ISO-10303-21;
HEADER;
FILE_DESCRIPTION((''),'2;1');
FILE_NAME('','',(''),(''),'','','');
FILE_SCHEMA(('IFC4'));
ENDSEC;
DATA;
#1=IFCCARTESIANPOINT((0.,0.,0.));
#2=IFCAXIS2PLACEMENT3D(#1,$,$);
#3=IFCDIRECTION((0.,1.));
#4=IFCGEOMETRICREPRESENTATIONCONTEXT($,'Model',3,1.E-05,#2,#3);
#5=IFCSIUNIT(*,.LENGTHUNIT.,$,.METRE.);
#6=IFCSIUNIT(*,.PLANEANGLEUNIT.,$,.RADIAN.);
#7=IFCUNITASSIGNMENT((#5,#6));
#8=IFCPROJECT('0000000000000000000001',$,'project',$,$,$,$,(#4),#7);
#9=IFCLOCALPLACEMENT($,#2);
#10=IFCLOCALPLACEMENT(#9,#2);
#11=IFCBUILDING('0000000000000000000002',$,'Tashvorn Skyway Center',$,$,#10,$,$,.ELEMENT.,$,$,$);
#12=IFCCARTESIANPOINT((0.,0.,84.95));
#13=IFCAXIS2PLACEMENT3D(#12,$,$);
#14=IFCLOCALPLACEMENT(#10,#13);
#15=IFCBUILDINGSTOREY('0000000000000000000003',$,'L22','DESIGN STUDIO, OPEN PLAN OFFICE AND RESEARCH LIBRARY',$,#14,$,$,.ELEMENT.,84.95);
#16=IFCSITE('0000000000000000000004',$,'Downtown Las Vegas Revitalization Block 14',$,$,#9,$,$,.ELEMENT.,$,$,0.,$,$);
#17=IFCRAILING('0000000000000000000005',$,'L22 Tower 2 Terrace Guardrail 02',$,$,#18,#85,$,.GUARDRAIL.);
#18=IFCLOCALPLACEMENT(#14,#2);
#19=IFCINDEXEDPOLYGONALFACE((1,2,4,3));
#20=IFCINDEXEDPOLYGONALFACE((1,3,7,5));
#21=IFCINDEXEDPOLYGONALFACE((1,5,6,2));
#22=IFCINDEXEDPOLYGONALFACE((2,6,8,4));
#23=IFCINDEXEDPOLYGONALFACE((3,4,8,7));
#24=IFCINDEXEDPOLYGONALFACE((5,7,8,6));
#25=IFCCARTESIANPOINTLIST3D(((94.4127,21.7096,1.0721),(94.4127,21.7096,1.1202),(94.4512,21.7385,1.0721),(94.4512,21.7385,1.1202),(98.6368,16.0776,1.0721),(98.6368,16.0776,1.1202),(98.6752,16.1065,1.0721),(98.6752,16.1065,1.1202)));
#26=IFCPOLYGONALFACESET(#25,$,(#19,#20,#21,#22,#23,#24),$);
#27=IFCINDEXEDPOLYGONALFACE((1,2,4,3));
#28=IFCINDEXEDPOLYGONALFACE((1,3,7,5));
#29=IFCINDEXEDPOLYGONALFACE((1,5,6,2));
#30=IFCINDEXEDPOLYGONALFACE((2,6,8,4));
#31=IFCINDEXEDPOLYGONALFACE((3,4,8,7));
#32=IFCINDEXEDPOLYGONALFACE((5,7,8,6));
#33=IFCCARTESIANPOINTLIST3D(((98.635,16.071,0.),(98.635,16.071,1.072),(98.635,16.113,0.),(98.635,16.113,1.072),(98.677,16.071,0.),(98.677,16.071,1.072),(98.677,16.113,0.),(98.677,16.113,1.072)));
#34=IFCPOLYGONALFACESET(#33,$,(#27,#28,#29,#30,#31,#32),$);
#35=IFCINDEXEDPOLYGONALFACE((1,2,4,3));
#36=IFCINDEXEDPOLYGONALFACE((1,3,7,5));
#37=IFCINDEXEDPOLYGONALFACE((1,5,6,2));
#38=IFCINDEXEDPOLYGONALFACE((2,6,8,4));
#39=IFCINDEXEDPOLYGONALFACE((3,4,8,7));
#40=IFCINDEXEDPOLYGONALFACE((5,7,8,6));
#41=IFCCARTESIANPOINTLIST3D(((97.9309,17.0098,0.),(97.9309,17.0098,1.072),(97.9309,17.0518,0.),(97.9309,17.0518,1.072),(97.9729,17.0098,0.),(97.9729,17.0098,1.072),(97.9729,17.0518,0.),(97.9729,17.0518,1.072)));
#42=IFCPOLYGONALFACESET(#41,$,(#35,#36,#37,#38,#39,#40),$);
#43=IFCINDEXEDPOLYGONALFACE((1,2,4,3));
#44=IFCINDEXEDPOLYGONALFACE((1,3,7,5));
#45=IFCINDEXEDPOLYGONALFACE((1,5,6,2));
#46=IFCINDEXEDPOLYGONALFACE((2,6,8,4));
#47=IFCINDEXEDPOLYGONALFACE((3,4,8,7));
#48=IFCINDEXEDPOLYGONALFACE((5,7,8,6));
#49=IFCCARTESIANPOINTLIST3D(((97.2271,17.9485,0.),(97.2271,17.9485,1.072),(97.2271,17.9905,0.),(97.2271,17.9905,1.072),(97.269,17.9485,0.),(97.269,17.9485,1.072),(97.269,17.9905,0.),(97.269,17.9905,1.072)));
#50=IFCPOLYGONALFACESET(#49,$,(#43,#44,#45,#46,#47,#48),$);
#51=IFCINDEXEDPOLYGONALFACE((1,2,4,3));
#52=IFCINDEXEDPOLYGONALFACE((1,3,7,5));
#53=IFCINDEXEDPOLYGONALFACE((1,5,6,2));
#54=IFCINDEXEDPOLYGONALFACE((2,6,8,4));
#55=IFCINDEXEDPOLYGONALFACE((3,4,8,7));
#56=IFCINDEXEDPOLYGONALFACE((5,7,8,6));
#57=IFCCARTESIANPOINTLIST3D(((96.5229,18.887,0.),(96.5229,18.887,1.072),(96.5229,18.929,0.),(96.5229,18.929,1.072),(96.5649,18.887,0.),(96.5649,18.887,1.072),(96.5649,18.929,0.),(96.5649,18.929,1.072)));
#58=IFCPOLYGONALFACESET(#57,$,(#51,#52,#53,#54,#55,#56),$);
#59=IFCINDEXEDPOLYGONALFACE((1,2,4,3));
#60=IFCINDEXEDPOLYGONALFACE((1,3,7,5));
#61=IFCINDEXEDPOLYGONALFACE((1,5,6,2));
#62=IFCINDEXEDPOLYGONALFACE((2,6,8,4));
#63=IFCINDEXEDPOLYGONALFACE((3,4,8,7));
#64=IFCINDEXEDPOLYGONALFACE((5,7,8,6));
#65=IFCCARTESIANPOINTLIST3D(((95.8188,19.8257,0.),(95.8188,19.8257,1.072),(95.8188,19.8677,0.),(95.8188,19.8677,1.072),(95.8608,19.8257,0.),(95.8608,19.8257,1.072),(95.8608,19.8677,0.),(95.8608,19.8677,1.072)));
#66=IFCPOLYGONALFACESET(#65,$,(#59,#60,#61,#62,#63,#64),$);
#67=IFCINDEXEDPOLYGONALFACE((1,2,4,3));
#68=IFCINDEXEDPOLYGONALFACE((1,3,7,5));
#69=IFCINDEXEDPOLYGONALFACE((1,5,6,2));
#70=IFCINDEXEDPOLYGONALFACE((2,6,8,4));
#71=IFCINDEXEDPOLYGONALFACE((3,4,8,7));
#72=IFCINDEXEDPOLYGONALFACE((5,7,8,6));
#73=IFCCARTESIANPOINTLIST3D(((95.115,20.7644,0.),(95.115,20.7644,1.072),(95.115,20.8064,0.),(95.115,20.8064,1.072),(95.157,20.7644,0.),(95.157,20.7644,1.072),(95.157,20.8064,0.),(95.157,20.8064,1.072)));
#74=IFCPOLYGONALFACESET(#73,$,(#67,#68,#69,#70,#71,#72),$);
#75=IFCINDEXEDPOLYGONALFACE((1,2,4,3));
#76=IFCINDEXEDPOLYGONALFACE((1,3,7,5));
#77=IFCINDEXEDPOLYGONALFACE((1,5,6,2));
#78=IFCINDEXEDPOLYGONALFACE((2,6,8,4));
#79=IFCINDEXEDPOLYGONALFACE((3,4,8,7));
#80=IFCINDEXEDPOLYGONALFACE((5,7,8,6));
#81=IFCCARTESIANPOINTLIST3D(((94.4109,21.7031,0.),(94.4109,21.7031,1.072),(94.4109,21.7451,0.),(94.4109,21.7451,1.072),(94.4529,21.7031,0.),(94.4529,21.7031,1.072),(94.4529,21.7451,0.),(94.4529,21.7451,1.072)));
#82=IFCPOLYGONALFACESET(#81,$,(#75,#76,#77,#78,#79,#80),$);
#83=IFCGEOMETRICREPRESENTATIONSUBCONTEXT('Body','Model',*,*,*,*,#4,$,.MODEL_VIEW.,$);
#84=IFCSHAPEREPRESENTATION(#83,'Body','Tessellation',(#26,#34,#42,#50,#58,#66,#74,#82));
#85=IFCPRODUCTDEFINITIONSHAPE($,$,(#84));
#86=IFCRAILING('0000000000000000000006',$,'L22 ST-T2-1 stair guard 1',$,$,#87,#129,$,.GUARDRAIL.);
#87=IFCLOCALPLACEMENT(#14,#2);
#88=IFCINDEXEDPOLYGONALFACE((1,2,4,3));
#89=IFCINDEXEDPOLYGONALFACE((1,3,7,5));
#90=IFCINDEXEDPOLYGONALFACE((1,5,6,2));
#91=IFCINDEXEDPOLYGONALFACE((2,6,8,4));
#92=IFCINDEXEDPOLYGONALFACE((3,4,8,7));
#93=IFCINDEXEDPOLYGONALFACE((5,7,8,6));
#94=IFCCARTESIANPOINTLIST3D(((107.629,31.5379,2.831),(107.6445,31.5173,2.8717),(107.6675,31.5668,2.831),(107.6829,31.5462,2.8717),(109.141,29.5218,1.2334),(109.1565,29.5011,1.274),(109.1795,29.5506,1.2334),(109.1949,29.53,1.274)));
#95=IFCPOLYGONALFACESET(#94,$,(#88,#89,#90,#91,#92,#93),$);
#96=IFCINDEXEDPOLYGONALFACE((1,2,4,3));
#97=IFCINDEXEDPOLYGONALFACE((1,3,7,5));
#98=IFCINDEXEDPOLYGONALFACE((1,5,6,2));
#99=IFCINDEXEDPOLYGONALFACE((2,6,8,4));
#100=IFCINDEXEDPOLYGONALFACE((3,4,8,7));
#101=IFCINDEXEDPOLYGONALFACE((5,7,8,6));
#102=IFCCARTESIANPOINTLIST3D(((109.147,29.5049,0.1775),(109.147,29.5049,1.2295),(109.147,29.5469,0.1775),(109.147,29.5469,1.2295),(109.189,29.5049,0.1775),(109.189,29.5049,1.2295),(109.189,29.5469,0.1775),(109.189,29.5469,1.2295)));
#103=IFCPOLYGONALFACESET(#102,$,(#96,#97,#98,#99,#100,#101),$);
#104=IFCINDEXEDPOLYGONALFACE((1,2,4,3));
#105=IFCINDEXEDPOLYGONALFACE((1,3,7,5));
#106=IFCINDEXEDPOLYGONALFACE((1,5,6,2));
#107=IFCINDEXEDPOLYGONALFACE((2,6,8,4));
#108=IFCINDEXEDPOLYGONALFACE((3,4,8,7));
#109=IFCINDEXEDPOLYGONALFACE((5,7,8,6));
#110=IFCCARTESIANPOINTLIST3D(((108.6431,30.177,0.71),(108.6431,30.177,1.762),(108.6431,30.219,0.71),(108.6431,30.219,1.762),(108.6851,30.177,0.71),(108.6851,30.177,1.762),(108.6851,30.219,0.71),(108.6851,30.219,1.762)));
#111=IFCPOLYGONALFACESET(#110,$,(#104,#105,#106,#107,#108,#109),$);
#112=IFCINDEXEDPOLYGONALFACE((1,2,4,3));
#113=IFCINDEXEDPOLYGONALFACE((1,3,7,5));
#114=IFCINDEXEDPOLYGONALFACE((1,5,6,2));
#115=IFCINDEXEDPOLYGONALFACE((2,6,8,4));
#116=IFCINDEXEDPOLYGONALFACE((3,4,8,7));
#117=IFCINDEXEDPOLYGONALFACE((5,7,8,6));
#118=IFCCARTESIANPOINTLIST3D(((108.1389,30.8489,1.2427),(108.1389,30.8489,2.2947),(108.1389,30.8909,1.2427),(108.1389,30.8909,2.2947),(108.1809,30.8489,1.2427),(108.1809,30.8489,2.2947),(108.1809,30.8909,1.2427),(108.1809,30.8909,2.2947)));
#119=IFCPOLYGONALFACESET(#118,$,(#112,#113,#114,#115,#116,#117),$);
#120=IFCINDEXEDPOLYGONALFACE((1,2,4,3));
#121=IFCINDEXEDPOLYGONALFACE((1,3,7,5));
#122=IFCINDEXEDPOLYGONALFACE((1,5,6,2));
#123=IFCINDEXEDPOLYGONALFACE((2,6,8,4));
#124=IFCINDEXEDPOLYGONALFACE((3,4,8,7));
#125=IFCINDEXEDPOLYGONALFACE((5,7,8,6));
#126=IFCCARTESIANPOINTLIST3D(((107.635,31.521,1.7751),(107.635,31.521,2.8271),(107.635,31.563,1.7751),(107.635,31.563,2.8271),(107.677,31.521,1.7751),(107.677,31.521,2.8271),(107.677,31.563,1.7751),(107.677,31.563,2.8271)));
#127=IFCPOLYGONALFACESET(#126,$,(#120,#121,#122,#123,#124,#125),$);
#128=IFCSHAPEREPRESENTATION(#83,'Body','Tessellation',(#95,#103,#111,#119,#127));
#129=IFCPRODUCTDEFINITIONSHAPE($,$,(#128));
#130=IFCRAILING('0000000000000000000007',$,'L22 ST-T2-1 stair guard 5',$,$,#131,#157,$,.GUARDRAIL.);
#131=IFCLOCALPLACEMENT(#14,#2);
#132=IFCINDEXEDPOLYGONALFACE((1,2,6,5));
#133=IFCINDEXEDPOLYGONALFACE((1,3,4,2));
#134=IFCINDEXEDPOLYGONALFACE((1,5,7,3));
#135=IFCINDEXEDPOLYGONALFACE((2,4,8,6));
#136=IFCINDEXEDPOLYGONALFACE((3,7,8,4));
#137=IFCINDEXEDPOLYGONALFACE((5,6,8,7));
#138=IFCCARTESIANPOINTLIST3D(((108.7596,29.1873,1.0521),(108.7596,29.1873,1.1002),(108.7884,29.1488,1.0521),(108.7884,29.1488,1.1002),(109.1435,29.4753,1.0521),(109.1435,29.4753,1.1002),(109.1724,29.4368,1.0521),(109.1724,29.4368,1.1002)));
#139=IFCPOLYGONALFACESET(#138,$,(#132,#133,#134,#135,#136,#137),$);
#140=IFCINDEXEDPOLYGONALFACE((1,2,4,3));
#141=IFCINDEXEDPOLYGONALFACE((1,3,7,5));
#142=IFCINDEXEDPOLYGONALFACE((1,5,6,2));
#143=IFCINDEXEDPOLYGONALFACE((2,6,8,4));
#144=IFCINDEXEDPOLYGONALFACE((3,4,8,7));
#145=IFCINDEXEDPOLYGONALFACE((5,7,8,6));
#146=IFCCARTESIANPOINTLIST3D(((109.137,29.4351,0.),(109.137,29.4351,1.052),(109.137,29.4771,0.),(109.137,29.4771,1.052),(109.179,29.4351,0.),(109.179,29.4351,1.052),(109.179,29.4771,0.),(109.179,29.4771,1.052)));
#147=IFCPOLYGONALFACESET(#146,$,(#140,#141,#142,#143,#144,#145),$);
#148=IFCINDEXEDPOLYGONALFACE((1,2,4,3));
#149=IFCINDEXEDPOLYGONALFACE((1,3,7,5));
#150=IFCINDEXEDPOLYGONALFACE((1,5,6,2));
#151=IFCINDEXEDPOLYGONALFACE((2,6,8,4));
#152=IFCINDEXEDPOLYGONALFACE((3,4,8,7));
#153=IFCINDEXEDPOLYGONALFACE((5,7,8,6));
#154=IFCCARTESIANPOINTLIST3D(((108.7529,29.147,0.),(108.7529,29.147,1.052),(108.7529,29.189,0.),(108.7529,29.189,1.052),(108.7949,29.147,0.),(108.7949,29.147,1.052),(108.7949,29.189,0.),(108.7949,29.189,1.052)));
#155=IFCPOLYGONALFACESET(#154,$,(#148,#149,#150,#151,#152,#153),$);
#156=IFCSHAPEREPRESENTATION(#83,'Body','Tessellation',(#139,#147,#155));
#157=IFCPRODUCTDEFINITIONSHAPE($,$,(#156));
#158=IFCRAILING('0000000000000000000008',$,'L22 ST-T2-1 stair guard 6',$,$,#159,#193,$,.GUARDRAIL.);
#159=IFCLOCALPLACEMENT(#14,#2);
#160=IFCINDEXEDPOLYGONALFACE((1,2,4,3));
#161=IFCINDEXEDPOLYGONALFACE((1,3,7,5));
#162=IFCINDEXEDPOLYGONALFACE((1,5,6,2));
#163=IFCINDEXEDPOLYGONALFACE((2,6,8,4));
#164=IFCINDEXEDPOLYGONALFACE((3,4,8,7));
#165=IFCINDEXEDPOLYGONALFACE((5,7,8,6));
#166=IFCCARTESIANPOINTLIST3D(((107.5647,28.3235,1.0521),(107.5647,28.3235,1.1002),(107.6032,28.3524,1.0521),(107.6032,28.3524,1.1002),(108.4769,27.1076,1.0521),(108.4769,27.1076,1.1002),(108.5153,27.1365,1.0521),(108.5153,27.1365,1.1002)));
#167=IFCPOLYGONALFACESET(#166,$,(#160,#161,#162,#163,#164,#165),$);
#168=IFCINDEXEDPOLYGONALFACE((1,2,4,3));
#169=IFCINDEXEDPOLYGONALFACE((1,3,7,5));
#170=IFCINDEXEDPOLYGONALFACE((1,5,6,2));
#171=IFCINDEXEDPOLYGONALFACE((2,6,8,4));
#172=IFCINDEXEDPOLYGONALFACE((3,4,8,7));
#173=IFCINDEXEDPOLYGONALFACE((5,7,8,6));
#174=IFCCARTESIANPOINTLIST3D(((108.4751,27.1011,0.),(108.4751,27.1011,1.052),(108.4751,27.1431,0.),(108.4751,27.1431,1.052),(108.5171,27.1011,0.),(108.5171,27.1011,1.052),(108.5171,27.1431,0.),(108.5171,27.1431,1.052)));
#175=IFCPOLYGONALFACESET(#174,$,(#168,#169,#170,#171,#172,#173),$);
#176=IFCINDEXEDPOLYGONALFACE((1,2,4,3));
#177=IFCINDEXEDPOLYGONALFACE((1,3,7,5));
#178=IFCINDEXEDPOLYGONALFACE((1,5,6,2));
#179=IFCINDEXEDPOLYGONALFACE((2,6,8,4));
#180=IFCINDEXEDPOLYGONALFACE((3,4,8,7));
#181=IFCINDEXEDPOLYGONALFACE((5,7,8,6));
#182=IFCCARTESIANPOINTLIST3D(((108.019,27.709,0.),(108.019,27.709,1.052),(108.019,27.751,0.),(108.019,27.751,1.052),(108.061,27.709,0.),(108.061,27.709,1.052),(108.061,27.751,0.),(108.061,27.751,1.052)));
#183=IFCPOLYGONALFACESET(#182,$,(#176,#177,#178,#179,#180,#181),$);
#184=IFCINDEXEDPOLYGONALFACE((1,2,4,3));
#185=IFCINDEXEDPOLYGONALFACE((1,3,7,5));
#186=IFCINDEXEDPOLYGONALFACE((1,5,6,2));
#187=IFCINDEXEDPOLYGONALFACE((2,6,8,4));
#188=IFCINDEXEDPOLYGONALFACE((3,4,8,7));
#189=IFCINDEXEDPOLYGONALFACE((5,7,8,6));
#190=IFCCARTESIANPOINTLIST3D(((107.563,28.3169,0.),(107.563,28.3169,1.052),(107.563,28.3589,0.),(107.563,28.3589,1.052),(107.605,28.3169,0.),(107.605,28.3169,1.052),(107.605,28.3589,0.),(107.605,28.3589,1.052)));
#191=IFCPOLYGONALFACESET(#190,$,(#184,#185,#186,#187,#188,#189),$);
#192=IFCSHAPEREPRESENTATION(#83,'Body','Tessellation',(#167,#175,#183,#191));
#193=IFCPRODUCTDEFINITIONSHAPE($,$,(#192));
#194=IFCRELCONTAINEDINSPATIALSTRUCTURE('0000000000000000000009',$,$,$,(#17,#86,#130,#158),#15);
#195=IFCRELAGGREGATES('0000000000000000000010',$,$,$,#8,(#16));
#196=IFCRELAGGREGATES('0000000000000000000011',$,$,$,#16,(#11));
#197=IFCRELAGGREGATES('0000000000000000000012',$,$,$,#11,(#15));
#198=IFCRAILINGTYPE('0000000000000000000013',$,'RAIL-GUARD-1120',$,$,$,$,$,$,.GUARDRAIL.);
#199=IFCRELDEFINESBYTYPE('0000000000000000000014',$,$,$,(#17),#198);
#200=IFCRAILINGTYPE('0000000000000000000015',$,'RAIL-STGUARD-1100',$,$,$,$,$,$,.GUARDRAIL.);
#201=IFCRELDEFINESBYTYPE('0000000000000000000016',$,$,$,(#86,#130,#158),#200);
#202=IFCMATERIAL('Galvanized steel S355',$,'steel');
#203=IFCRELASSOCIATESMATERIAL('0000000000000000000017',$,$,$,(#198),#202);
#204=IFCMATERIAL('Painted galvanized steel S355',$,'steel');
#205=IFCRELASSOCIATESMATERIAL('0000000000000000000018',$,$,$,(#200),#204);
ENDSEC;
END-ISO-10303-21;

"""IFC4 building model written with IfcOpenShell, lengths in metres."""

from ifc_helpers import new_model, si_unit, direction, frame, origin, origin_2d, place, context, subcontext, project, spatial, rectangle, extrude, material, type_object, element, save


model = new_model("IFC4")

# Units and contexts
model_context = context("Model", 3, precision=1e-05, world=origin(), true_north=direction((0.0, 1.0)))
body_context = subcontext(model_context, "Body", "Model", "MODEL_VIEW")
ifc_project = project(units=[si_unit("LENGTHUNIT", "METRE"), si_unit("PLANEANGLEUNIT", "RADIAN")], contexts=[model_context])

# Site, building, storey
site_placement = place(None, origin())
site = spatial("IfcSite", under=ifc_project, at=site_placement, Name="Downtown Las Vegas Revitalization Block 14", CompositionType="ELEMENT", RefElevation=0.0)
building_placement = place(site_placement, origin())
building = spatial("IfcBuilding", under=site, at=building_placement, Name="Tashvorn Skyway Center", CompositionType="ELEMENT")
storey_placement = place(building_placement, frame((0.0, 0.0, 84.95)))
storey = spatial("IfcBuildingStorey", under=building, at=storey_placement, Name="L22", Description="DESIGN STUDIO, OPEN PLAN OFFICE AND RESEARCH LIBRARY", CompositionType="ELEMENT", Elevation=84.95)

# Railings
ifc_material_1 = material(Name="Galvanized steel S355", Category="steel")
railing_type_1 = type_object("IfcRailingType", Name="RAIL-GUARD-1120", PredefinedType="GUARDRAIL", material=ifc_material_1)
railing_1_placement = place(storey_placement, frame((98.656, 16.092, 0.0)))
element("IfcRailing", 1, at=railing_1_placement, inside=storey, type_object=railing_type_1, Name="L22 Tower 2 Terrace Guardrail 02", PredefinedType="GUARDRAIL", context=body_context, shape_type="SweptSolid", body=[
    extrude(rectangle(XDim=0.0481, YDim=0.0481, at=origin_2d()), frame((0.0, 0.0, 1.0962), z_axis=(-0.600006, 0.799996, 0.0), x_axis=(-0.799996, -0.600006, 0.0)), (0.0, 0.0, 1.0), 7.04),
    extrude(rectangle(XDim=0.042, YDim=0.042, at=origin_2d()), origin(), (0.0, 0.0, 1.0), 1.072),
    extrude(rectangle(XDim=0.042, YDim=0.042, at=origin_2d()), frame((-0.7041, 0.9387, 0.0)), (0.0, 0.0, 1.0), 1.072),
    extrude(rectangle(XDim=0.042, YDim=0.042, at=origin_2d()), frame((-1.408, 1.8774, 0.0)), (0.0, 0.0, 1.0), 1.072),
    extrude(rectangle(XDim=0.042, YDim=0.042, at=origin_2d()), frame((-2.1121, 2.8159, 0.0)), (0.0, 0.0, 1.0), 1.072),
    extrude(rectangle(XDim=0.042, YDim=0.042, at=origin_2d()), frame((-2.8162, 3.7546, 0.0)), (0.0, 0.0, 1.0), 1.072),
    extrude(rectangle(XDim=0.042, YDim=0.042, at=origin_2d()), frame((-3.52, 4.6934, 0.0)), (0.0, 0.0, 1.0), 1.072),
    extrude(rectangle(XDim=0.042, YDim=0.042, at=origin_2d()), frame((-4.2241, 5.6321, 0.0)), (0.0, 0.0, 1.0), 1.072),
])
ifc_material_2 = material(Name="Painted galvanized steel S355", Category="steel")
railing_type_2 = type_object("IfcRailingType", Name="RAIL-STGUARD-1100", PredefinedType="GUARDRAIL", material=ifc_material_2)
railing_2_placement = place(storey_placement, frame((109.168, 29.5259, 0.1775)))
element("IfcRailing", 2, at=railing_2_placement, inside=storey, type_object=railing_type_2, Name="L22 ST-T2-1 stair guard 1", PredefinedType="GUARDRAIL", context=body_context, shape_type="SweptSolid", body=[
    extrude(rectangle(XDim=0.0481, YDim=0.0481, at=origin_2d()), frame((0.0, 0.0, 1.0762), z_axis=(-0.506719, 0.675679, 0.535438), x_axis=(-0.800023, -0.599969, 0.0)), (0.0, 0.0, 1.0), 2.9839),
    extrude(rectangle(XDim=0.042, YDim=0.042, at=origin_2d()), origin(), (0.0, 0.0, 1.0), 1.052),
    extrude(rectangle(XDim=0.042, YDim=0.042, at=origin_2d()), frame((-0.5039, 0.6721, 0.5325)), (0.0, 0.0, 1.0), 1.052),
    extrude(rectangle(XDim=0.042, YDim=0.042, at=origin_2d()), frame((-1.0081, 1.344, 1.0652)), (0.0, 0.0, 1.0), 1.052),
    extrude(rectangle(XDim=0.042, YDim=0.042, at=origin_2d()), frame((-1.512, 2.0161, 1.5977)), (0.0, 0.0, 1.0), 1.052),
])
railing_3_placement = place(storey_placement, frame((109.158, 29.4561, 0.0)))
element("IfcRailing", 3, at=railing_3_placement, inside=storey, type_object=railing_type_2, Name="L22 ST-T2-1 stair guard 5", PredefinedType="GUARDRAIL", context=body_context, shape_type="SweptSolid", body=[
    extrude(rectangle(XDim=0.0481, YDim=0.0481, at=origin_2d()), frame((0.0, 0.0, 1.0762), z_axis=(-0.799939, -0.600081, 0.0), x_axis=(0.600081, -0.799939, 0.0)), (0.0, 0.0, 1.0), 0.48),
    extrude(rectangle(XDim=0.042, YDim=0.042, at=origin_2d()), origin(), (0.0, 0.0, 1.0), 1.052),
    extrude(rectangle(XDim=0.042, YDim=0.042, at=origin_2d()), frame((-0.384, -0.2881, 0.0)), (0.0, 0.0, 1.0), 1.052),
])
railing_4_placement = place(storey_placement, frame((108.4961, 27.1221, 0.0)))
element("IfcRailing", 4, at=railing_4_placement, inside=storey, type_object=railing_type_2, Name="L22 ST-T2-1 stair guard 6", PredefinedType="GUARDRAIL", context=body_context, shape_type="SweptSolid", body=[
    extrude(rectangle(XDim=0.0481, YDim=0.0481, at=origin_2d()), frame((0.0, 0.0, 1.0762), z_axis=(-0.600103, 0.799923, 0.0), x_axis=(-0.799923, -0.600103, 0.0)), (0.0, 0.0, 1.0), 1.52),
    extrude(rectangle(XDim=0.042, YDim=0.042, at=origin_2d()), origin(), (0.0, 0.0, 1.0), 1.052),
    extrude(rectangle(XDim=0.042, YDim=0.042, at=origin_2d()), frame((-0.4561, 0.6079, 0.0)), (0.0, 0.0, 1.0), 1.052),
    extrude(rectangle(XDim=0.042, YDim=0.042, at=origin_2d()), frame((-0.9121, 1.2158, 0.0)), (0.0, 0.0, 1.0), 1.052),
])

save(model, "model.ifc")
